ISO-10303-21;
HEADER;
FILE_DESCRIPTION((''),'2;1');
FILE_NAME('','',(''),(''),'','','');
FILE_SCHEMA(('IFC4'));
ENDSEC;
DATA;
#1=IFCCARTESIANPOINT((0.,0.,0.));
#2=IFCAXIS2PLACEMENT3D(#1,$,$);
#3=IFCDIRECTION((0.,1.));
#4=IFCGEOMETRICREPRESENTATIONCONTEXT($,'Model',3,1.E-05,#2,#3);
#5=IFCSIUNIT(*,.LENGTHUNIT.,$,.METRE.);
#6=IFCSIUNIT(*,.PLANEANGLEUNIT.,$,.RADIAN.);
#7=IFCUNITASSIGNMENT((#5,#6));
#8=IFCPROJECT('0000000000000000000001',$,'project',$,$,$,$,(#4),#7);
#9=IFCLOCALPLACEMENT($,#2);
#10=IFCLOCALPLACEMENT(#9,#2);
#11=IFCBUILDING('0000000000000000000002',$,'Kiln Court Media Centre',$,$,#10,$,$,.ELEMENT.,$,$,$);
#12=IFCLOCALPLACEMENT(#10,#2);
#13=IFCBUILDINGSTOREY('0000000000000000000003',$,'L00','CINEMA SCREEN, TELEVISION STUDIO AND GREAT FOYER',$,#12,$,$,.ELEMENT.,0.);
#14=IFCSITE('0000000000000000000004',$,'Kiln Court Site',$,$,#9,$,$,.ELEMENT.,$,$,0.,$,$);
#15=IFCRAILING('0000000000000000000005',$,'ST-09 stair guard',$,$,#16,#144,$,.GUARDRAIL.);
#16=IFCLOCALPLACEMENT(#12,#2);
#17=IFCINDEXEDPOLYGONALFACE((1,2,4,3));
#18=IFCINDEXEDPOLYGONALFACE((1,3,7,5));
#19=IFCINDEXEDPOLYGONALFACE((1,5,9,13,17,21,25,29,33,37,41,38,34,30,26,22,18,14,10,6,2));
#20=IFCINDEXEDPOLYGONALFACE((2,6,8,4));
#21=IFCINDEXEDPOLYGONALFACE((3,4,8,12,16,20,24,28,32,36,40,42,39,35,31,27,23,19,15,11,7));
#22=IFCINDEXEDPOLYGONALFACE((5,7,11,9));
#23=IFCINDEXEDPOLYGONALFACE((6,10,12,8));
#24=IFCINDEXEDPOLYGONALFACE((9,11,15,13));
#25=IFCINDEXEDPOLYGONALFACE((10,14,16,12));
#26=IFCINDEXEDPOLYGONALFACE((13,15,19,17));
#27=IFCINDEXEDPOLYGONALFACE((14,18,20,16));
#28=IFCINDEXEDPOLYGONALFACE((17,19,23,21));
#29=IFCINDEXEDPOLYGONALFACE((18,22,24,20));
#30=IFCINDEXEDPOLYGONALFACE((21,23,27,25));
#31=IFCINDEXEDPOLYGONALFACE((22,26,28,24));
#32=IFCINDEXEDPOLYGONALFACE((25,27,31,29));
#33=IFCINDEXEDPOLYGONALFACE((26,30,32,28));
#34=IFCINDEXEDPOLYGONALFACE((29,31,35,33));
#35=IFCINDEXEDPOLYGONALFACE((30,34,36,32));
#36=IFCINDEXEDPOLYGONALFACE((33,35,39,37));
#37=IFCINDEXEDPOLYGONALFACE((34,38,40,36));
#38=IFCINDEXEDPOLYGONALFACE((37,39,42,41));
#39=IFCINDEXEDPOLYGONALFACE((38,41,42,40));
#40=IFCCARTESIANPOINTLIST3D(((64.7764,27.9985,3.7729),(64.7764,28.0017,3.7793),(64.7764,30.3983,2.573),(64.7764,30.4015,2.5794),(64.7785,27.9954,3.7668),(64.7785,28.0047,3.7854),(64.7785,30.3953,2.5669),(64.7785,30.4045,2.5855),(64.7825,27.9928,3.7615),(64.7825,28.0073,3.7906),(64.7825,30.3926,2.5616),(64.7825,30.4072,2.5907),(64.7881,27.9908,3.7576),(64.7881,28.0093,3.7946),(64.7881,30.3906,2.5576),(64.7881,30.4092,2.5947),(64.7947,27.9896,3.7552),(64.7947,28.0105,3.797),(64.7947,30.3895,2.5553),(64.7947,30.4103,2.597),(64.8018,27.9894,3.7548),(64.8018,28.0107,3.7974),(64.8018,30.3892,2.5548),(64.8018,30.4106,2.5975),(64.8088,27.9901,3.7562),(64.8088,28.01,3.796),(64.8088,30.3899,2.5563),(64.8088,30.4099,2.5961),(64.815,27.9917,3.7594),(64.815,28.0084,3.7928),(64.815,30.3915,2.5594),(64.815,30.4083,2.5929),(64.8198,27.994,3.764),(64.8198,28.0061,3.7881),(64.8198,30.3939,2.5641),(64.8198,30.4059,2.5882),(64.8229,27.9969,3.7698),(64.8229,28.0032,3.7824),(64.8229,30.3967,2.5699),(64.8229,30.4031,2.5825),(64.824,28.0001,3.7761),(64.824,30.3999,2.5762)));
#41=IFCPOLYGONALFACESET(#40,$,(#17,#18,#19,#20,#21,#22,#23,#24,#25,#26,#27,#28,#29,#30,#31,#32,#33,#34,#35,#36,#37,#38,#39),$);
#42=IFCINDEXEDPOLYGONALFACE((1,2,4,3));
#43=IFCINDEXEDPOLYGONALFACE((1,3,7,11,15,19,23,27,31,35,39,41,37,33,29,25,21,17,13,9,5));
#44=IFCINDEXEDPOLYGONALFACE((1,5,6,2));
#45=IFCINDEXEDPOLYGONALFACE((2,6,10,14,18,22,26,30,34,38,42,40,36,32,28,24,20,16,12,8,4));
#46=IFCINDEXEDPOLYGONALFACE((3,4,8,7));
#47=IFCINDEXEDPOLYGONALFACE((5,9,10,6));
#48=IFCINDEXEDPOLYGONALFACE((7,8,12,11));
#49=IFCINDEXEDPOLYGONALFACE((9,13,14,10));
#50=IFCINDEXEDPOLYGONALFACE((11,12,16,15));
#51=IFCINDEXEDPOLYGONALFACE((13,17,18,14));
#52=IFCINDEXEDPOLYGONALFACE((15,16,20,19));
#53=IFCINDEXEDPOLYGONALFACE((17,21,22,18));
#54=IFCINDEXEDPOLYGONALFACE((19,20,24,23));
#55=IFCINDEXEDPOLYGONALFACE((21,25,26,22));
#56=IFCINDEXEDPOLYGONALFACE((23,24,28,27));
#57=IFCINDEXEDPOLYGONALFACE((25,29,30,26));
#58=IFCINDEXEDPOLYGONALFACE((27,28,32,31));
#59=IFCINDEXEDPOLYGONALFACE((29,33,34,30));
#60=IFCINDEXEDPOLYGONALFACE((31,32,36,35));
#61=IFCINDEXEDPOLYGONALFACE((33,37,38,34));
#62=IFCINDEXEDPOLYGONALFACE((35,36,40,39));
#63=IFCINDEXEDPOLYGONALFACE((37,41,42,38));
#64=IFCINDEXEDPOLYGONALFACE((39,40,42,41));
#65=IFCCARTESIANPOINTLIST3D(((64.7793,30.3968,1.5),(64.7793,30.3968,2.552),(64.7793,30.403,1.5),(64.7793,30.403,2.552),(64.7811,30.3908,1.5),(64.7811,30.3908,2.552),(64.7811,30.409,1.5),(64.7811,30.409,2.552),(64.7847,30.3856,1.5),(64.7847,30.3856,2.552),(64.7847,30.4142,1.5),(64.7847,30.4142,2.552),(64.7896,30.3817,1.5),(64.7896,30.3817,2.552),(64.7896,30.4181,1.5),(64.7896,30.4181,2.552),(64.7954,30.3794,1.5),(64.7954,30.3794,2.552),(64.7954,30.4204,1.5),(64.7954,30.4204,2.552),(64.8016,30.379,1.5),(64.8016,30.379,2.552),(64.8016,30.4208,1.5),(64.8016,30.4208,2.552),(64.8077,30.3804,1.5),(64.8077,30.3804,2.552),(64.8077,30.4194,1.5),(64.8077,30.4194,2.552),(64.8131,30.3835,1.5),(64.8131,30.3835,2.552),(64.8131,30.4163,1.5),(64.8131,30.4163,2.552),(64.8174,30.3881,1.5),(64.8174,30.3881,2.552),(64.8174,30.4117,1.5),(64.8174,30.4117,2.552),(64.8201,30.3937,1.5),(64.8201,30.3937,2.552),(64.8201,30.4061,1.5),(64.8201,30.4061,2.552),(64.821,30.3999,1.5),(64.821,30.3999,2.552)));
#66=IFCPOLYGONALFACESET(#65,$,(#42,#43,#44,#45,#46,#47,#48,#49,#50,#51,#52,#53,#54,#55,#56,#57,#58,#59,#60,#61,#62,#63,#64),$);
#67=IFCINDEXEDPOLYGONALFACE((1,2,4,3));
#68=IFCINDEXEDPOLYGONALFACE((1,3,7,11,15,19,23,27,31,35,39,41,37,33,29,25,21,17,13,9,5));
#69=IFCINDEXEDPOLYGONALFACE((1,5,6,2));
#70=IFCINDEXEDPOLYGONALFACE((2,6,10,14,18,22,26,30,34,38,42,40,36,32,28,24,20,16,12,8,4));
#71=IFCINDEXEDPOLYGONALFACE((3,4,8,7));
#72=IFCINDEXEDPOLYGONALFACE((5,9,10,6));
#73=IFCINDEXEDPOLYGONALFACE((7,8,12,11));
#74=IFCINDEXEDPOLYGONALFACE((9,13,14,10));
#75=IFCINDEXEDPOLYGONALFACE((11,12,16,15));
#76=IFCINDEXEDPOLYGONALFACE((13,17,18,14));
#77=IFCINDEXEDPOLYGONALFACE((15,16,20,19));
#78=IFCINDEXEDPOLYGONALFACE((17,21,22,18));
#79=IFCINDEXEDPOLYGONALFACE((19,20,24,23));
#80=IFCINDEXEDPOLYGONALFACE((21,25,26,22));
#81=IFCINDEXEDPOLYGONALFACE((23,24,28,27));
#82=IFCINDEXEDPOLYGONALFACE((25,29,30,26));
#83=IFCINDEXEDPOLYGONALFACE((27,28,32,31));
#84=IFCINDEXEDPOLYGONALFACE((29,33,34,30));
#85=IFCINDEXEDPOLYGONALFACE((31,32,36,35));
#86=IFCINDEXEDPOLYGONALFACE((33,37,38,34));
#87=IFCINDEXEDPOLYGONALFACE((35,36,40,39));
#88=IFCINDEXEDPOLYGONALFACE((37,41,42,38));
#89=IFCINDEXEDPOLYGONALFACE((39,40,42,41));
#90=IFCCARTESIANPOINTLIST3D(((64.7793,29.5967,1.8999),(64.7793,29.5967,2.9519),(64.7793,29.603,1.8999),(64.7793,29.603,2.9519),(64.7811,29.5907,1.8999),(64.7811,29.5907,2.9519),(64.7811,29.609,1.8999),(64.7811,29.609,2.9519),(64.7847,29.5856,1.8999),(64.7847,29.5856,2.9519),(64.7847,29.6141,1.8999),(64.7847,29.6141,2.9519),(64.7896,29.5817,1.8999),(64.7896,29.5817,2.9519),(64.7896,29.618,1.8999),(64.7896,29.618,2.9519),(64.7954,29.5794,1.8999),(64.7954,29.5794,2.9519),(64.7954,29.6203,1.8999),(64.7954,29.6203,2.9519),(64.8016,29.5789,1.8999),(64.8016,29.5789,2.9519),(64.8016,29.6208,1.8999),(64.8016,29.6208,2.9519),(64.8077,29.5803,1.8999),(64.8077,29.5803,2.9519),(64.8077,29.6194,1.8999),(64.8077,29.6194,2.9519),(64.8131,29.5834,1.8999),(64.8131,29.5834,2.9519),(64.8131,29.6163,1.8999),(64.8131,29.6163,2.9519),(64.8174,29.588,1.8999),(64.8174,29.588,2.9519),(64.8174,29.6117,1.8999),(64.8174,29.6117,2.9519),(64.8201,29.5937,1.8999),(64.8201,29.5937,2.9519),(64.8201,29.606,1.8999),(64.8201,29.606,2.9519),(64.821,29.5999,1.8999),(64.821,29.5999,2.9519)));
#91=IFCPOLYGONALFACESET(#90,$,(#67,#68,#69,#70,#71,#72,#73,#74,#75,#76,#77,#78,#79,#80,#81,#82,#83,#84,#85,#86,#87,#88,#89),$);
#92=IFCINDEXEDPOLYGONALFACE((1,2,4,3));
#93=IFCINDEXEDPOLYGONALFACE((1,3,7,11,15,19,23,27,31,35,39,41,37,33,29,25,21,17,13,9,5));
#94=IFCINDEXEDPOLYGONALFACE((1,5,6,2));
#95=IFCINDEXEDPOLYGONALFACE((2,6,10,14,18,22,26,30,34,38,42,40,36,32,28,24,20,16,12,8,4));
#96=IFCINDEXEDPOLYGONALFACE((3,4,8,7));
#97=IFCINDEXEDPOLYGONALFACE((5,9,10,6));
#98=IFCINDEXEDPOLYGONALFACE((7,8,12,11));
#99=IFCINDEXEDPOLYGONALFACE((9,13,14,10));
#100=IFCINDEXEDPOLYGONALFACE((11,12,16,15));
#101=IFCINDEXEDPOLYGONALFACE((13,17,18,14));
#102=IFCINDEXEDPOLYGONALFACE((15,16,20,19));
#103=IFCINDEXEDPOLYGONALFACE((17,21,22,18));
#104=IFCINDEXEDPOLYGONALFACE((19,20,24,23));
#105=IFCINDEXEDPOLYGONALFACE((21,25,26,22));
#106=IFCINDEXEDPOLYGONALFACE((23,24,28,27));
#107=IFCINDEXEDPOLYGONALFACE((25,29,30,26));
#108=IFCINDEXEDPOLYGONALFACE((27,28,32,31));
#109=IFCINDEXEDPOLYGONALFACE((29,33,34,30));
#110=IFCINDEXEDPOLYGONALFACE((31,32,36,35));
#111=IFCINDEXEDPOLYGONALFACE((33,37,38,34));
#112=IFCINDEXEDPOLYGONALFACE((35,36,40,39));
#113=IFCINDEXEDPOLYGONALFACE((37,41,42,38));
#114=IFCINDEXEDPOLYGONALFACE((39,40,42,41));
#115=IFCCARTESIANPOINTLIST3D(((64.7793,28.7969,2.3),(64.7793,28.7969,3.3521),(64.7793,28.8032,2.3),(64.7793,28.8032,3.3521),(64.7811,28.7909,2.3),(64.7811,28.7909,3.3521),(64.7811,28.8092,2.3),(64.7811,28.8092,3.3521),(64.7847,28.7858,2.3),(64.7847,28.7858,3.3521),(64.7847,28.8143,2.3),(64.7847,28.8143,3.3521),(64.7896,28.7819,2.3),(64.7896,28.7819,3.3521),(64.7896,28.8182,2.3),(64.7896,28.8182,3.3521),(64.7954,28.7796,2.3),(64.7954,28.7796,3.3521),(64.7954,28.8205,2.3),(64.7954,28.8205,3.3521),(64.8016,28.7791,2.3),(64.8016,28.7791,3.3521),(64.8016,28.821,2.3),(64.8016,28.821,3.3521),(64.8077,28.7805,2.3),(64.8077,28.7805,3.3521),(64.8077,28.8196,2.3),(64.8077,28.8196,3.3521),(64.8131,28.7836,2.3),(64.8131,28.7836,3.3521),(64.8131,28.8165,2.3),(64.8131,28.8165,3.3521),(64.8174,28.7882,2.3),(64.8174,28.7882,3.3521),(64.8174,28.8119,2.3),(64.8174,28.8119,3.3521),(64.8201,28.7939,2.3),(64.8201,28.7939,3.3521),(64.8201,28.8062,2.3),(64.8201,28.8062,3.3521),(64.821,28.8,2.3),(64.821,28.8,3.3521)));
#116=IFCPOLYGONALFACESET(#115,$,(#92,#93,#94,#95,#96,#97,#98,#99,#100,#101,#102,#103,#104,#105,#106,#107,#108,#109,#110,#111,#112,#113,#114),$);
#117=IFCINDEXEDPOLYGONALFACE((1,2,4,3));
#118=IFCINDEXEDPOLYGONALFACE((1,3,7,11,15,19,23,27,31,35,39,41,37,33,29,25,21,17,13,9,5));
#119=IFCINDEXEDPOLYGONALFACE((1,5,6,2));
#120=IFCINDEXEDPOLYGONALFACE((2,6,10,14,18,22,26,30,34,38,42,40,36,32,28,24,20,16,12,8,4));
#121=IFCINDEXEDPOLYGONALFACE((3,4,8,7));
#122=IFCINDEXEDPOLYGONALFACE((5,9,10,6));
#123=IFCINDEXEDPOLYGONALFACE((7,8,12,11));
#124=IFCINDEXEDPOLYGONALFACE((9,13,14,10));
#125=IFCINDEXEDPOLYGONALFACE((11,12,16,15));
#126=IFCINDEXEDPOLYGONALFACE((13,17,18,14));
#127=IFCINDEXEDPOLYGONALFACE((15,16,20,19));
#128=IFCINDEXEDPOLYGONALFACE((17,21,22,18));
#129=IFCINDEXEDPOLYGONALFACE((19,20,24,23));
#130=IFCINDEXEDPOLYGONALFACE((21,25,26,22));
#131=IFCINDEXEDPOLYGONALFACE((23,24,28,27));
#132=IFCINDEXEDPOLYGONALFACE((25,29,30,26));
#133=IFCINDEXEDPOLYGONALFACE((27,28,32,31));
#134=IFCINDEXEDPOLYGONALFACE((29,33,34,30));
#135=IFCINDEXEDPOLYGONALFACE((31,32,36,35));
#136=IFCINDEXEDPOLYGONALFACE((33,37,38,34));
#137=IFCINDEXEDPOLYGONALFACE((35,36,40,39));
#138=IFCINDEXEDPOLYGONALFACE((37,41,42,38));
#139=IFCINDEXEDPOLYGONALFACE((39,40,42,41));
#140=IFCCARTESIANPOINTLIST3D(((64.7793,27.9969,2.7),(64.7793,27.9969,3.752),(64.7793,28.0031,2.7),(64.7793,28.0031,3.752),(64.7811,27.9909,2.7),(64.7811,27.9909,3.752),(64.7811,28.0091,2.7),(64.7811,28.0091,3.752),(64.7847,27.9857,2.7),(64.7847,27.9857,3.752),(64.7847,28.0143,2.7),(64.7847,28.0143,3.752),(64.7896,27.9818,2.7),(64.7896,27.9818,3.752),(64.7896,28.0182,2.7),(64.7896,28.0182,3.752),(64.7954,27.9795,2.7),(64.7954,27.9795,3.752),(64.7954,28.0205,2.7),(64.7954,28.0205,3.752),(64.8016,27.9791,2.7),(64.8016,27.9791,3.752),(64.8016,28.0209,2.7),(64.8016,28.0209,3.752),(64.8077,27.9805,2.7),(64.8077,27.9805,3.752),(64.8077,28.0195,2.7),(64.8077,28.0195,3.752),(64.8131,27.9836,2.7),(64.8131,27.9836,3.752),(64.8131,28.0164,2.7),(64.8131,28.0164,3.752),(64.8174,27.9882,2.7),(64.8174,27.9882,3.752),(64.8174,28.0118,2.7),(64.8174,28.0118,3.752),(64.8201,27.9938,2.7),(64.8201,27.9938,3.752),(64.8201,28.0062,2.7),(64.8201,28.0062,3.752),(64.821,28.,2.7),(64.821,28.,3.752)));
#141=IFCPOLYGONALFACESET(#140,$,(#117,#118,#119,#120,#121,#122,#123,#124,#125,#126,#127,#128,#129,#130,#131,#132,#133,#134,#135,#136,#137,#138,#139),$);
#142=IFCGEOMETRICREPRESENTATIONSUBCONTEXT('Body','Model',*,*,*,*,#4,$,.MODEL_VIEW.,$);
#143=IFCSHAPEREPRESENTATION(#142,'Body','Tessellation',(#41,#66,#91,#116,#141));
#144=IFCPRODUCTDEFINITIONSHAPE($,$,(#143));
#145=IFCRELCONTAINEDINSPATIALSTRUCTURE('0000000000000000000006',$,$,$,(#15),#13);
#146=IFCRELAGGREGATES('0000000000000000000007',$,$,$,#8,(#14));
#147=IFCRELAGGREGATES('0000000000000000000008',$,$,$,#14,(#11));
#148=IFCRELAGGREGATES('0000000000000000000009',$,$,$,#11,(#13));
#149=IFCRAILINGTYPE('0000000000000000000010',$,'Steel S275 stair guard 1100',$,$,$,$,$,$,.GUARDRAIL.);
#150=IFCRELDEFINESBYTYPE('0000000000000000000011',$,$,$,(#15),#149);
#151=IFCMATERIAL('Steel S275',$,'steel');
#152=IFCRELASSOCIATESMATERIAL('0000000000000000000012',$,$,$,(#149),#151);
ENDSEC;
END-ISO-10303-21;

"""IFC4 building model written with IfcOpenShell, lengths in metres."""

from ifc_helpers import new_model, si_unit, direction, frame, origin, origin_2d, place, context, subcontext, project, spatial, circle, extrude, material, type_object, element, save


model = new_model("IFC4")

# Units and contexts
model_context = context("Model", 3, precision=1e-05, world=origin(), true_north=direction((0.0, 1.0)))
body_context = subcontext(model_context, "Body", "Model", "MODEL_VIEW")
ifc_project = project(units=[si_unit("LENGTHUNIT", "METRE"), si_unit("PLANEANGLEUNIT", "RADIAN")], contexts=[model_context])

# Site, building, storey
site_placement = place(None, origin())
site = spatial("IfcSite", under=ifc_project, at=site_placement, Name="Kiln Court Site", CompositionType="ELEMENT", RefElevation=0.0)
building_placement = place(site_placement, origin())
building = spatial("IfcBuilding", under=site, at=building_placement, Name="Kiln Court Media Centre", CompositionType="ELEMENT")
storey_placement = place(building_placement, origin())
storey = spatial("IfcBuildingStorey", under=building, at=storey_placement, Name="L00", Description="CINEMA SCREEN, TELEVISION STUDIO AND GREAT FOYER", CompositionType="ELEMENT", Elevation=0.0)

# Railing
ifc_material_1 = material(Name="Steel S275", Category="steel")
railing_type_1 = type_object("IfcRailingType", Name="Steel S275 stair guard 1100", PredefinedType="GUARDRAIL", material=ifc_material_1)
railing_1_placement = place(storey_placement, frame((64.8, 30.3999, 1.5)))
element("IfcRailing", 1, at=railing_1_placement, inside=storey, type_object=railing_type_1, Name="ST-09 stair guard", PredefinedType="GUARDRAIL", context=body_context, shape_type="SweptSolid", body=[
    extrude(circle(Radius=0.0239, at=origin_2d()), frame((0.0, 0.0, 1.0762), z_axis=(0.0, -0.894427, 0.447214), x_axis=(1.0, 0.0, 0.0)), (0.0, 0.0, 1.0), 2.6831),
    extrude(circle(Radius=0.021, at=origin_2d()), origin(), (0.0, 0.0, 1.0), 1.052),
    extrude(circle(Radius=0.021, at=origin_2d()), frame((0.0, -0.8, 0.3999)), (0.0, 0.0, 1.0), 1.052),
    extrude(circle(Radius=0.021, at=origin_2d()), frame((0.0, -1.5999, 0.8)), (0.0, 0.0, 1.0), 1.052),
    extrude(circle(Radius=0.021, at=origin_2d()), frame((0.0, -2.3999, 1.2)), (0.0, 0.0, 1.0), 1.052),
])

save(model, "model.ifc")
